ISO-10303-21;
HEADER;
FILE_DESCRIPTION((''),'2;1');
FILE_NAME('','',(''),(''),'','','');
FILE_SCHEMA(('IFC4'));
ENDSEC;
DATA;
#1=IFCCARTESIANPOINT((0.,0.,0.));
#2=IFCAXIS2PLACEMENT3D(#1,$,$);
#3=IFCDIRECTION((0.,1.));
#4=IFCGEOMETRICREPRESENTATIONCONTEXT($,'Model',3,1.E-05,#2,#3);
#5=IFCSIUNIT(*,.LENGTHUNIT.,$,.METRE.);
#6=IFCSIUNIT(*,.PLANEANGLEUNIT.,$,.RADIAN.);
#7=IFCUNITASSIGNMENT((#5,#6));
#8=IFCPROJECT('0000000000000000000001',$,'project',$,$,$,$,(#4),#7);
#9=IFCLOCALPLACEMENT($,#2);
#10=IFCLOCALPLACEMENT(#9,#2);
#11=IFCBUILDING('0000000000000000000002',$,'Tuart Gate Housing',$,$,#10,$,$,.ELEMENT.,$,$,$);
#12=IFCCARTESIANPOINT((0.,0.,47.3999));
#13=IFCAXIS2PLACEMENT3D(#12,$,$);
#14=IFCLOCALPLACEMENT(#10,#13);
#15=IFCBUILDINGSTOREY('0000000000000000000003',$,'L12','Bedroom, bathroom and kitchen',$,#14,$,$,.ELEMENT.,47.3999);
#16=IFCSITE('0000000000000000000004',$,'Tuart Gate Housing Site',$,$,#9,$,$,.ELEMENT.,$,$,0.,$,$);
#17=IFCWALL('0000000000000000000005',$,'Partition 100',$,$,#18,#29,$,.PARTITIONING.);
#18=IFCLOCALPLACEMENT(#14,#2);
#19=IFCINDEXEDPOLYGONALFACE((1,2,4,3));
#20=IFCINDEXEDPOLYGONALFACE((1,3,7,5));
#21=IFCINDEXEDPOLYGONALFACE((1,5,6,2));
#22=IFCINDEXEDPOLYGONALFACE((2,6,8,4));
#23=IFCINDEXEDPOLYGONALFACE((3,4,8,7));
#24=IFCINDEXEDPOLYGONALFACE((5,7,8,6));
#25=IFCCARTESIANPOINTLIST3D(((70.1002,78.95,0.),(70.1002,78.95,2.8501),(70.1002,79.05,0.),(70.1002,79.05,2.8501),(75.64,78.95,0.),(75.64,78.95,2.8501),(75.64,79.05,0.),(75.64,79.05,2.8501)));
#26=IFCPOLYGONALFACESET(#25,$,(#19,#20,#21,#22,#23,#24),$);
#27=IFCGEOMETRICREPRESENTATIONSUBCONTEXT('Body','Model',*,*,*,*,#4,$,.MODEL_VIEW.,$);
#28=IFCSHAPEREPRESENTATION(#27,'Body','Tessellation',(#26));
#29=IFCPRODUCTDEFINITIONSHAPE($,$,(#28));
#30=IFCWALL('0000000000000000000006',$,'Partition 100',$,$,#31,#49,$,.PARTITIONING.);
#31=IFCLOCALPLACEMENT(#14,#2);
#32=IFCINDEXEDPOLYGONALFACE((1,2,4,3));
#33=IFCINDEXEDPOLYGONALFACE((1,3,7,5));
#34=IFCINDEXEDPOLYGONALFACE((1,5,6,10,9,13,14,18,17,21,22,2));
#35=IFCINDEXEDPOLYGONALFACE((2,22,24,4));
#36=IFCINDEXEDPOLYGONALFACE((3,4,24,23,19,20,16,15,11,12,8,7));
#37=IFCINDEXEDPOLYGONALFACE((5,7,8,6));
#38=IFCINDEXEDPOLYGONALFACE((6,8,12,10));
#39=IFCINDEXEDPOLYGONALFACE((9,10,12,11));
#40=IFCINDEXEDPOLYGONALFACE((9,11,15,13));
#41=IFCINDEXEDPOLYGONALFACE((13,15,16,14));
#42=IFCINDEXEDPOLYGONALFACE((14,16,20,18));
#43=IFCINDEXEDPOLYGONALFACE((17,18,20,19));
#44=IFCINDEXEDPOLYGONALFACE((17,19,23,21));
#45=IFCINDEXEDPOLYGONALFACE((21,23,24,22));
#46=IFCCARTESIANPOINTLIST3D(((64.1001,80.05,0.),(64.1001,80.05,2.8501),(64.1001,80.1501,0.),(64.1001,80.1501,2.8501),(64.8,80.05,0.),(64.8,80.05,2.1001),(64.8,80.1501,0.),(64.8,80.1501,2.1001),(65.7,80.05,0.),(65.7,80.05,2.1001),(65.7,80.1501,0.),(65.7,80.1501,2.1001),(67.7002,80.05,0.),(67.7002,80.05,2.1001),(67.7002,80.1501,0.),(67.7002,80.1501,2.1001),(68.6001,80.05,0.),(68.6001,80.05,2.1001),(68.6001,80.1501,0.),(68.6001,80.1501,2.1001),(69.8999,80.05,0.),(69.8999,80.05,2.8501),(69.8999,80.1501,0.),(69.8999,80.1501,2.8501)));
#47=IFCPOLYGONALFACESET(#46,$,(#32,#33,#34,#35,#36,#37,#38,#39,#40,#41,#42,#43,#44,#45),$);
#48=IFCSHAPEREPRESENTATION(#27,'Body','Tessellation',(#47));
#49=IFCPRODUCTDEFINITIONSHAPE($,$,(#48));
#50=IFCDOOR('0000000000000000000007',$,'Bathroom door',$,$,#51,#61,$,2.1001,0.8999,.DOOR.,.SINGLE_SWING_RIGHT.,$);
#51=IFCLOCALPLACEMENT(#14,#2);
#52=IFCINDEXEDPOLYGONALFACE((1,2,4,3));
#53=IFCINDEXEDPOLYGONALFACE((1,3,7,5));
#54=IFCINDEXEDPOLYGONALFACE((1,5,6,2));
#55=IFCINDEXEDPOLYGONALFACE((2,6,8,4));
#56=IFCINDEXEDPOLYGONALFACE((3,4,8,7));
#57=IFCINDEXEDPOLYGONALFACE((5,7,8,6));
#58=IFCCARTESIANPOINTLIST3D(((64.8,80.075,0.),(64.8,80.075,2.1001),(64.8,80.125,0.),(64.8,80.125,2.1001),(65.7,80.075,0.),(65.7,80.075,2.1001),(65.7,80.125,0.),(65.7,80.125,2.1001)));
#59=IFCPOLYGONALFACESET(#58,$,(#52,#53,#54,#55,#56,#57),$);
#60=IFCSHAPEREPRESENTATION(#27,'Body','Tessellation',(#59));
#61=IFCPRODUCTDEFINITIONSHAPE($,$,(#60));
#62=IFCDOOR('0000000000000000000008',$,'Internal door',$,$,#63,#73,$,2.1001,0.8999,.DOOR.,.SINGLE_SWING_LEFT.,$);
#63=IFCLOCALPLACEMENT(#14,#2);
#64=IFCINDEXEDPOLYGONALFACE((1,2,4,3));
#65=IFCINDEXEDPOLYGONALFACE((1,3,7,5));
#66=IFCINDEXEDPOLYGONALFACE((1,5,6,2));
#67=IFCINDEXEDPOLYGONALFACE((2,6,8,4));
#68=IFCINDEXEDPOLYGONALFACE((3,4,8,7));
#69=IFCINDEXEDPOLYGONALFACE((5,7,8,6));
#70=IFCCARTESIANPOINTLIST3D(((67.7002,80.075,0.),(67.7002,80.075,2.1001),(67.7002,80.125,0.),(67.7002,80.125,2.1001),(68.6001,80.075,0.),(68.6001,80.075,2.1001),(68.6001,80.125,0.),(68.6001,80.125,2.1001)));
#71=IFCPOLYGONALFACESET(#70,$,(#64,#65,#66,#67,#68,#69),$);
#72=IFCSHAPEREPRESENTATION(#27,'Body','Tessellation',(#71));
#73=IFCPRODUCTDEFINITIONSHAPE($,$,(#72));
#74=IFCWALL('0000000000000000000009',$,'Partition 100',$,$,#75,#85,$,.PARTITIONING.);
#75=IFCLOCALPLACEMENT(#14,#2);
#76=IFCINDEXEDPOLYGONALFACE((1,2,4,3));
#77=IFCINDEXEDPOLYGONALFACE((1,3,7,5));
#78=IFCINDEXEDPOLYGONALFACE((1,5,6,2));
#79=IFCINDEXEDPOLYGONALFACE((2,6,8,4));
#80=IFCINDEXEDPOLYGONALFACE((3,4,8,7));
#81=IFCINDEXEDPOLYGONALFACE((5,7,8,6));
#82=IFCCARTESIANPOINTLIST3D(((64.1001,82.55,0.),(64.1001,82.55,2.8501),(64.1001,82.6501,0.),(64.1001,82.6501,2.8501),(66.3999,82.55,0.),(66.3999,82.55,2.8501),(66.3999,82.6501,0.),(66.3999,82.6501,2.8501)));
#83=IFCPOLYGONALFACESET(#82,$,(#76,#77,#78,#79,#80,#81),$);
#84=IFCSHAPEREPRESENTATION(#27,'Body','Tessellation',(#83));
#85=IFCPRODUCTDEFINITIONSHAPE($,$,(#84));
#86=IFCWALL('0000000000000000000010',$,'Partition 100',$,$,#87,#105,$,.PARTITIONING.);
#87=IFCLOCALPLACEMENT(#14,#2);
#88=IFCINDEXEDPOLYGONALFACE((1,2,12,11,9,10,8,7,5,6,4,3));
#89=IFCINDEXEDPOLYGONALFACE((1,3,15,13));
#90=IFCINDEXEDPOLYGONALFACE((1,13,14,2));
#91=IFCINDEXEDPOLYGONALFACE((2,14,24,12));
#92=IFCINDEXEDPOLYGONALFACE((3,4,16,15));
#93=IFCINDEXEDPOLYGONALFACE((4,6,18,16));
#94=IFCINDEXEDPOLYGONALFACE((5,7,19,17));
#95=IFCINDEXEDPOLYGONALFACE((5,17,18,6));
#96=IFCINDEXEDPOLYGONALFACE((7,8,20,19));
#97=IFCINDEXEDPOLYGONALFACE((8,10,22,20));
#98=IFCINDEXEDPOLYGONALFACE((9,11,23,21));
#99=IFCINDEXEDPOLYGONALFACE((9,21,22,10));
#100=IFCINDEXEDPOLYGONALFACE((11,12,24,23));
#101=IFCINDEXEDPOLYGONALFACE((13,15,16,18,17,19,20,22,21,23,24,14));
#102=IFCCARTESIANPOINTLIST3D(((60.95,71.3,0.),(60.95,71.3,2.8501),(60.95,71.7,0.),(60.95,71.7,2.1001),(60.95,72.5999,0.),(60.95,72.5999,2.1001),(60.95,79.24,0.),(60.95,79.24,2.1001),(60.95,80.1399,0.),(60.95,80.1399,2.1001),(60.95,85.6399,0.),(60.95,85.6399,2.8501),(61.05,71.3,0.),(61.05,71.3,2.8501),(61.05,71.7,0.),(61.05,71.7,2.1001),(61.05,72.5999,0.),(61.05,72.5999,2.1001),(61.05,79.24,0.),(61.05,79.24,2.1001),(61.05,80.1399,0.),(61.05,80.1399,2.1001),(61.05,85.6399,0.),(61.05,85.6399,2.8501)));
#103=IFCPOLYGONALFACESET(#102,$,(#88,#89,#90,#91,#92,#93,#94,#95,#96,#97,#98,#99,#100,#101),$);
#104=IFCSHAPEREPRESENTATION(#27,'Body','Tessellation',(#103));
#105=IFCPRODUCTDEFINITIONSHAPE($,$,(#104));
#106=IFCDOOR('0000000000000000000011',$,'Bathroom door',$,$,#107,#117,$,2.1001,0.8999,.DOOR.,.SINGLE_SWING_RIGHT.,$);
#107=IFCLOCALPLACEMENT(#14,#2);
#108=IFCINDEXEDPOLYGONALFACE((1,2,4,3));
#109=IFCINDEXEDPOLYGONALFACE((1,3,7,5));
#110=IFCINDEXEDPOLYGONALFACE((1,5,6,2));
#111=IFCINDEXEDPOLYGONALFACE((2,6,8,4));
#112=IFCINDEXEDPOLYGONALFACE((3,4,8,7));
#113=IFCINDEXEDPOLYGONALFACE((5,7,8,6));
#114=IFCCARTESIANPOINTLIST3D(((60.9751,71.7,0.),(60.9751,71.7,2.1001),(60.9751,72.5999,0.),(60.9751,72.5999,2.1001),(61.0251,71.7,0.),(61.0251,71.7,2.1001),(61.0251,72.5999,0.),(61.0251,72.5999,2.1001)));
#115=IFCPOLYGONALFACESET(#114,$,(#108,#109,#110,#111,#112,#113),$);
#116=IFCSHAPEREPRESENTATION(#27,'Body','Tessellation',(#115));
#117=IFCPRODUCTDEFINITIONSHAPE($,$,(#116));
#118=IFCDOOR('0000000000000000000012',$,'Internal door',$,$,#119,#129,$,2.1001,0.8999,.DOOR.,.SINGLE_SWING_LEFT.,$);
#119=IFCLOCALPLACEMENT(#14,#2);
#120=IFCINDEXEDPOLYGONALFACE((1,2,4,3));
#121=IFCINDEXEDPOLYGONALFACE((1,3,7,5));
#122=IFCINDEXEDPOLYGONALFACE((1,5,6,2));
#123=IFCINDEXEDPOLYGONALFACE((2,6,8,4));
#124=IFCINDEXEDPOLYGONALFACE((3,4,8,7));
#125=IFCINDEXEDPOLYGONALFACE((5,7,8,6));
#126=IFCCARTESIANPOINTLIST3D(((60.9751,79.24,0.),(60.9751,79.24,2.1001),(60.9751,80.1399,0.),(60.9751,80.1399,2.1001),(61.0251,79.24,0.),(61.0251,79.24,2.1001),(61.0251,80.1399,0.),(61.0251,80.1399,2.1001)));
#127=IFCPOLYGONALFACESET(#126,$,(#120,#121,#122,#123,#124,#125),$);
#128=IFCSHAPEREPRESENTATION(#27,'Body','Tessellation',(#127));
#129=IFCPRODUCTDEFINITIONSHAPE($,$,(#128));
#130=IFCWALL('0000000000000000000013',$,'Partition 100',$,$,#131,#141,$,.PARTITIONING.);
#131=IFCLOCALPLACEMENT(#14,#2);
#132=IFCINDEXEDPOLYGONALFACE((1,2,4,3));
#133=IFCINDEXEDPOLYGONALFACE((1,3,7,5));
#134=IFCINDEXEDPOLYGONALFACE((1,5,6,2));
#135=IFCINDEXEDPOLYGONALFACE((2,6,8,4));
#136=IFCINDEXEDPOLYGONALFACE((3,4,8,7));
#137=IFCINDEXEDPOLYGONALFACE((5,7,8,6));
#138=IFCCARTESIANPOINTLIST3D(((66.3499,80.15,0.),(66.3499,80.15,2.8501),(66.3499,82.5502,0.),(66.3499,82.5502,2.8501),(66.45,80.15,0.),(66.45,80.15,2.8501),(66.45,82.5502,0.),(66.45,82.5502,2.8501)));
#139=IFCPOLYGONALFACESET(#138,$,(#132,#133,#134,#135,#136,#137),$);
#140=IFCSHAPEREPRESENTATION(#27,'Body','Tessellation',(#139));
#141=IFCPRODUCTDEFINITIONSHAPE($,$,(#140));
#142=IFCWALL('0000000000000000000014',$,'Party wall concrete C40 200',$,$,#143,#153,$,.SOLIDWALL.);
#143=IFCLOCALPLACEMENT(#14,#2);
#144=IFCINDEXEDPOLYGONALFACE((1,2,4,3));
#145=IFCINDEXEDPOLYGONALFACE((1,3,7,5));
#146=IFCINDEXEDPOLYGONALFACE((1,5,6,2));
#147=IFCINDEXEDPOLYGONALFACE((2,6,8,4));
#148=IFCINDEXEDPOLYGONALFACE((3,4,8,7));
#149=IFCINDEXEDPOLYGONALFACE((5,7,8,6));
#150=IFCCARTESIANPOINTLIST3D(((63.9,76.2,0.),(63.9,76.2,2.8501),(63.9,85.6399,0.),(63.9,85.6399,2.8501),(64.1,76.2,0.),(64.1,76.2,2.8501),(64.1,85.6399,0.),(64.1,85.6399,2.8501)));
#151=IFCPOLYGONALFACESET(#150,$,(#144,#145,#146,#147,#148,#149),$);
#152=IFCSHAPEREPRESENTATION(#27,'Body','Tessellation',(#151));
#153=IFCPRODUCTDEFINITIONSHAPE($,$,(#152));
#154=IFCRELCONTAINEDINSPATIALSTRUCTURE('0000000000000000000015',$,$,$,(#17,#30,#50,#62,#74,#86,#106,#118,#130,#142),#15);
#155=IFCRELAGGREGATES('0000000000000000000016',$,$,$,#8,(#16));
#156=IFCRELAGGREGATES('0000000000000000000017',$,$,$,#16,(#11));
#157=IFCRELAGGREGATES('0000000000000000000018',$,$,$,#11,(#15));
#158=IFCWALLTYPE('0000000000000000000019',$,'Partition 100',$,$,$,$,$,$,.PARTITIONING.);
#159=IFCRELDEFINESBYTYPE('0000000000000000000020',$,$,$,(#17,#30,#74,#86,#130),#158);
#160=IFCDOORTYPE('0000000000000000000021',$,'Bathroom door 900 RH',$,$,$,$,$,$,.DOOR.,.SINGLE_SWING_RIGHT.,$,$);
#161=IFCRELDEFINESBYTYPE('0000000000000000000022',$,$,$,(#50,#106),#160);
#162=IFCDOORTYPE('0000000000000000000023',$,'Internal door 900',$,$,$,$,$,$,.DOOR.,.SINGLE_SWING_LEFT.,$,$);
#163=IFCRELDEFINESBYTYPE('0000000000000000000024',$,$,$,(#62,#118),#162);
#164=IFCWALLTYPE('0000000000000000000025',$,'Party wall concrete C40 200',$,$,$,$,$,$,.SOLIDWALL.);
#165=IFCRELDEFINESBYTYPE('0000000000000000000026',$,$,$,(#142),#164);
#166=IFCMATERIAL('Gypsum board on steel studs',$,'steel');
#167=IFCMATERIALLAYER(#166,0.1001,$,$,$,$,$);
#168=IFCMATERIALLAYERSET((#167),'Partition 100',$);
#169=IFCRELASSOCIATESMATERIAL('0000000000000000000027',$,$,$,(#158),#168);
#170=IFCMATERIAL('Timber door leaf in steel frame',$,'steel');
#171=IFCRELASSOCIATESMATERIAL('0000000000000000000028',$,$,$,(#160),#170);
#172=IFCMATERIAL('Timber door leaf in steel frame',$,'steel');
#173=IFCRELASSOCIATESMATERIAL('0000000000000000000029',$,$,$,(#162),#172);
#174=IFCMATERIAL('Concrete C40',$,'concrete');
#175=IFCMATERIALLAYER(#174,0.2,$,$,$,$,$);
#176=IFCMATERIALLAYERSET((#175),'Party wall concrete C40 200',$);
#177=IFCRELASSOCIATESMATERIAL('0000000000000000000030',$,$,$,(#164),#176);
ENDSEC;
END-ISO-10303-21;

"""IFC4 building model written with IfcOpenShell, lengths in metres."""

from ifc_helpers import new_model, si_unit, direction, frame, frame_2d, origin, place, context, subcontext, project, spatial, rectangle, extrude, material, layer, layer_set, type_object, element, fill, save


model = new_model("IFC4")

# Units and contexts
model_context = context("Model", 3, precision=1e-05, world=origin(), true_north=direction((0.0, 1.0)))
body_context = subcontext(model_context, "Body", "Model", "MODEL_VIEW")
ifc_project = project(units=[si_unit("LENGTHUNIT", "METRE"), si_unit("PLANEANGLEUNIT", "RADIAN")], contexts=[model_context])

# Site, building, storey
site_placement = place(None, origin())
site = spatial("IfcSite", under=ifc_project, at=site_placement, Name="Tuart Gate Housing Site", CompositionType="ELEMENT", RefElevation=0.0)
building_placement = place(site_placement, origin())
building = spatial("IfcBuilding", under=site, at=building_placement, Name="Tuart Gate Housing", CompositionType="ELEMENT")
storey_placement = place(building_placement, frame((0.0, 0.0, 47.3999)))
storey = spatial("IfcBuildingStorey", under=building, at=storey_placement, Name="L12", Description="Bedroom, bathroom and kitchen", CompositionType="ELEMENT", Elevation=47.3999)

# Wall
ifc_material_1 = material(Name="Gypsum board on steel studs", Category="steel")
ifc_layer_1 = layer(ifc_material_1, 0.1001)
ifc_layer_set_1 = layer_set([ifc_layer_1], Name="Partition 100")
wall_type_1 = type_object("IfcWallType", Name="Partition 100", PredefinedType="PARTITIONING", material=ifc_layer_set_1)
wall_1_placement = place(storey_placement, frame((70.1001, 79.0, 0.0), z_axis=(0.0, 0.0, 1.0), x_axis=(1.0, 0.0, 0.0)))
element("IfcWall", 1, at=wall_1_placement, inside=storey, type_object=wall_type_1, Name="Partition 100", PredefinedType="PARTITIONING", context=body_context, shape_type="SweptSolid", body=[
    extrude(rectangle(XDim=5.5398, YDim=0.1001, at=frame_2d((2.77, 0.0))), origin(), (0.0, 0.0, 1.0), 2.8501),
])

# Wall, openings, doors
wall_2_placement = place(storey_placement, frame((64.1001, 80.1001, 0.0), z_axis=(0.0, 0.0, 1.0), x_axis=(1.0, 0.0, 0.0)))
wall_2 = element("IfcWall", 2, at=wall_2_placement, inside=storey, type_object=wall_type_1, Name="Partition 100", PredefinedType="PARTITIONING", context=body_context, shape_type="SweptSolid", body=[
    extrude(rectangle(XDim=5.7998, YDim=0.1001, at=frame_2d((2.8999, 0.0))), origin(), (0.0, 0.0, 1.0), 2.8501),
])
opening_1_placement = place(wall_2_placement, frame((3.6001, 0.0, 0.0)))
opening_1 = element("IfcOpeningElement", 3, at=opening_1_placement, cuts=wall_2, PredefinedType="OPENING", context=body_context, shape_type="SweptSolid", body=[
    extrude(rectangle(XDim=0.8999, YDim=2.1001, at=frame_2d((0.45, 1.05))), frame((0.0, 0.0601, 0.0), z_axis=(0.0, -1.0, 0.0), x_axis=(1.0, 0.0, 0.0)), (0.0, 0.0, 1.0), 0.1201),
])
opening_2_placement = place(wall_2_placement, frame((0.7, 0.0, 0.0)))
opening_2 = element("IfcOpeningElement", 4, at=opening_2_placement, cuts=wall_2, PredefinedType="OPENING", context=body_context, shape_type="SweptSolid", body=[
    extrude(rectangle(XDim=0.8999, YDim=2.1001, at=frame_2d((0.45, 1.05))), frame((0.0, 0.0601, 0.0), z_axis=(0.0, -1.0, 0.0), x_axis=(1.0, 0.0, 0.0)), (0.0, 0.0, 1.0), 0.1201),
])
ifc_material_2 = material(Name="Timber door leaf in steel frame", Category="steel")
door_type_1 = type_object("IfcDoorType", Name="Bathroom door 900 RH", OperationType="SINGLE_SWING_RIGHT", PredefinedType="DOOR", material=ifc_material_2)
door_1_placement = place(opening_2_placement, origin())
door_1 = element("IfcDoor", 5, at=door_1_placement, inside=storey, type_object=door_type_1, Name="Bathroom door", OperationType="SINGLE_SWING_RIGHT", OverallHeight=2.1001, OverallWidth=0.8999, PredefinedType="DOOR", context=body_context, shape_type="SweptSolid", body=[
    extrude(rectangle(XDim=0.8999, YDim=2.1001, at=frame_2d((0.45, 1.05))), frame((0.0, 0.0249, 0.0), z_axis=(0.0, -1.0, 0.0), x_axis=(1.0, 0.0, 0.0)), (0.0, 0.0, 1.0), 0.05),
])
fill(opening_2, door_1)
ifc_material_3 = material(Name="Timber door leaf in steel frame", Category="steel")
door_type_2 = type_object("IfcDoorType", Name="Internal door 900", OperationType="SINGLE_SWING_LEFT", PredefinedType="DOOR", material=ifc_material_3)
door_2_placement = place(opening_1_placement, frame((0.8999, 0.0, 0.0), z_axis=(0.0, 0.0, 1.0), x_axis=(-1.0, 0.0, 0.0)))
door_2 = element("IfcDoor", 6, at=door_2_placement, inside=storey, type_object=door_type_2, Name="Internal door", OperationType="SINGLE_SWING_LEFT", OverallHeight=2.1001, OverallWidth=0.8999, PredefinedType="DOOR", context=body_context, shape_type="SweptSolid", body=[
    extrude(rectangle(XDim=0.8999, YDim=2.1001, at=frame_2d((0.45, 1.05))), frame((0.0, 0.0251, 0.0), z_axis=(0.0, -1.0, 0.0), x_axis=(1.0, 0.0, 0.0)), (0.0, 0.0, 1.0), 0.05),
])
fill(opening_1, door_2)

# Wall
wall_3_placement = place(storey_placement, frame((64.1001, 82.6001, 0.0), z_axis=(0.0, 0.0, 1.0), x_axis=(1.0, 0.0, 0.0)))
element("IfcWall", 7, at=wall_3_placement, inside=storey, type_object=wall_type_1, Name="Partition 100", PredefinedType="PARTITIONING", context=body_context, shape_type="SweptSolid", body=[
    extrude(rectangle(XDim=2.2998, YDim=0.1001, at=frame_2d((1.1499, 0.0))), origin(), (0.0, 0.0, 1.0), 2.8501),
])

# Wall, openings, doors
wall_4_placement = place(storey_placement, frame((61.0, 71.3, 0.0), z_axis=(0.0, 0.0, 1.0), x_axis=(0.0, 1.0, 0.0)))
wall_4 = element("IfcWall", 8, at=wall_4_placement, inside=storey, type_object=wall_type_1, Name="Partition 100", PredefinedType="PARTITIONING", context=body_context, shape_type="SweptSolid", body=[
    extrude(rectangle(XDim=14.3398, YDim=0.1001, at=frame_2d((7.1699, 0.0))), origin(), (0.0, 0.0, 1.0), 2.8501),
])
opening_3_placement = place(wall_4_placement, frame((7.9399, 0.0, 0.0)))
opening_3 = element("IfcOpeningElement", 9, at=opening_3_placement, cuts=wall_4, PredefinedType="OPENING", context=body_context, shape_type="SweptSolid", body=[
    extrude(rectangle(XDim=0.8999, YDim=2.1001, at=frame_2d((0.45, 1.05))), frame((0.0, 0.0601, 0.0), z_axis=(0.0, -1.0, 0.0), x_axis=(1.0, 0.0, 0.0)), (0.0, 0.0, 1.0), 0.1201),
])
opening_4_placement = place(wall_4_placement, frame((0.3999, 0.0, 0.0)))
opening_4 = element("IfcOpeningElement", 10, at=opening_4_placement, cuts=wall_4, PredefinedType="OPENING", context=body_context, shape_type="SweptSolid", body=[
    extrude(rectangle(XDim=0.8999, YDim=2.1001, at=frame_2d((0.45, 1.05))), frame((0.0, 0.0601, 0.0), z_axis=(0.0, -1.0, 0.0), x_axis=(1.0, 0.0, 0.0)), (0.0, 0.0, 1.0), 0.1201),
])
door_3_placement = place(opening_4_placement, frame((0.8999, 0.0, 0.0), z_axis=(0.0, 0.0, 1.0), x_axis=(-1.0, 0.0, 0.0)))
door_3 = element("IfcDoor", 11, at=door_3_placement, inside=storey, type_object=door_type_1, Name="Bathroom door", OperationType="SINGLE_SWING_RIGHT", OverallHeight=2.1001, OverallWidth=0.8999, PredefinedType="DOOR", context=body_context, shape_type="SweptSolid", body=[
    extrude(rectangle(XDim=0.8999, YDim=2.1001, at=frame_2d((0.45, 1.05))), frame((0.0, 0.0251, 0.0), z_axis=(0.0, -1.0, 0.0), x_axis=(1.0, 0.0, 0.0)), (0.0, 0.0, 1.0), 0.05),
])
fill(opening_4, door_3)
door_4_placement = place(opening_3_placement, frame((0.8999, 0.0, 0.0), z_axis=(0.0, 0.0, 1.0), x_axis=(-1.0, 0.0, 0.0)))
door_4 = element("IfcDoor", 12, at=door_4_placement, inside=storey, type_object=door_type_2, Name="Internal door", OperationType="SINGLE_SWING_LEFT", OverallHeight=2.1001, OverallWidth=0.8999, PredefinedType="DOOR", context=body_context, shape_type="SweptSolid", body=[
    extrude(rectangle(XDim=0.8999, YDim=2.1001, at=frame_2d((0.45, 1.05))), frame((0.0, 0.0251, 0.0), z_axis=(0.0, -1.0, 0.0), x_axis=(1.0, 0.0, 0.0)), (0.0, 0.0, 1.0), 0.05),
])
fill(opening_3, door_4)

# Walls
wall_5_placement = place(storey_placement, frame((66.3999, 80.1499, 0.0), z_axis=(0.0, 0.0, 1.0), x_axis=(0.0, 1.0, 0.0)))
element("IfcWall", 13, at=wall_5_placement, inside=storey, type_object=wall_type_1, Name="Partition 100", PredefinedType="PARTITIONING", context=body_context, shape_type="SweptSolid", body=[
    extrude(rectangle(XDim=2.4001, YDim=0.1001, at=frame_2d((1.2002, 0.0))), origin(), (0.0, 0.0, 1.0), 2.8501),
])
ifc_material_4 = material(Name="Concrete C40", Category="concrete")
ifc_layer_2 = layer(ifc_material_4, 0.2)
ifc_layer_set_2 = layer_set([ifc_layer_2], Name="Party wall concrete C40 200")
wall_type_2 = type_object("IfcWallType", Name="Party wall concrete C40 200", PredefinedType="SOLIDWALL", material=ifc_layer_set_2)
wall_6_placement = place(storey_placement, frame((64.0, 76.2, 0.0), z_axis=(0.0, 0.0, 1.0), x_axis=(0.0, 1.0, 0.0)))
element("IfcWall", 14, at=wall_6_placement, inside=storey, type_object=wall_type_2, Name="Party wall concrete C40 200", PredefinedType="SOLIDWALL", context=body_context, shape_type="SweptSolid", body=[
    extrude(rectangle(XDim=9.4399, YDim=0.2, at=frame_2d((4.72, 0.0))), origin(), (0.0, 0.0, 1.0), 2.8501),
])

save(model, "model.ifc")
